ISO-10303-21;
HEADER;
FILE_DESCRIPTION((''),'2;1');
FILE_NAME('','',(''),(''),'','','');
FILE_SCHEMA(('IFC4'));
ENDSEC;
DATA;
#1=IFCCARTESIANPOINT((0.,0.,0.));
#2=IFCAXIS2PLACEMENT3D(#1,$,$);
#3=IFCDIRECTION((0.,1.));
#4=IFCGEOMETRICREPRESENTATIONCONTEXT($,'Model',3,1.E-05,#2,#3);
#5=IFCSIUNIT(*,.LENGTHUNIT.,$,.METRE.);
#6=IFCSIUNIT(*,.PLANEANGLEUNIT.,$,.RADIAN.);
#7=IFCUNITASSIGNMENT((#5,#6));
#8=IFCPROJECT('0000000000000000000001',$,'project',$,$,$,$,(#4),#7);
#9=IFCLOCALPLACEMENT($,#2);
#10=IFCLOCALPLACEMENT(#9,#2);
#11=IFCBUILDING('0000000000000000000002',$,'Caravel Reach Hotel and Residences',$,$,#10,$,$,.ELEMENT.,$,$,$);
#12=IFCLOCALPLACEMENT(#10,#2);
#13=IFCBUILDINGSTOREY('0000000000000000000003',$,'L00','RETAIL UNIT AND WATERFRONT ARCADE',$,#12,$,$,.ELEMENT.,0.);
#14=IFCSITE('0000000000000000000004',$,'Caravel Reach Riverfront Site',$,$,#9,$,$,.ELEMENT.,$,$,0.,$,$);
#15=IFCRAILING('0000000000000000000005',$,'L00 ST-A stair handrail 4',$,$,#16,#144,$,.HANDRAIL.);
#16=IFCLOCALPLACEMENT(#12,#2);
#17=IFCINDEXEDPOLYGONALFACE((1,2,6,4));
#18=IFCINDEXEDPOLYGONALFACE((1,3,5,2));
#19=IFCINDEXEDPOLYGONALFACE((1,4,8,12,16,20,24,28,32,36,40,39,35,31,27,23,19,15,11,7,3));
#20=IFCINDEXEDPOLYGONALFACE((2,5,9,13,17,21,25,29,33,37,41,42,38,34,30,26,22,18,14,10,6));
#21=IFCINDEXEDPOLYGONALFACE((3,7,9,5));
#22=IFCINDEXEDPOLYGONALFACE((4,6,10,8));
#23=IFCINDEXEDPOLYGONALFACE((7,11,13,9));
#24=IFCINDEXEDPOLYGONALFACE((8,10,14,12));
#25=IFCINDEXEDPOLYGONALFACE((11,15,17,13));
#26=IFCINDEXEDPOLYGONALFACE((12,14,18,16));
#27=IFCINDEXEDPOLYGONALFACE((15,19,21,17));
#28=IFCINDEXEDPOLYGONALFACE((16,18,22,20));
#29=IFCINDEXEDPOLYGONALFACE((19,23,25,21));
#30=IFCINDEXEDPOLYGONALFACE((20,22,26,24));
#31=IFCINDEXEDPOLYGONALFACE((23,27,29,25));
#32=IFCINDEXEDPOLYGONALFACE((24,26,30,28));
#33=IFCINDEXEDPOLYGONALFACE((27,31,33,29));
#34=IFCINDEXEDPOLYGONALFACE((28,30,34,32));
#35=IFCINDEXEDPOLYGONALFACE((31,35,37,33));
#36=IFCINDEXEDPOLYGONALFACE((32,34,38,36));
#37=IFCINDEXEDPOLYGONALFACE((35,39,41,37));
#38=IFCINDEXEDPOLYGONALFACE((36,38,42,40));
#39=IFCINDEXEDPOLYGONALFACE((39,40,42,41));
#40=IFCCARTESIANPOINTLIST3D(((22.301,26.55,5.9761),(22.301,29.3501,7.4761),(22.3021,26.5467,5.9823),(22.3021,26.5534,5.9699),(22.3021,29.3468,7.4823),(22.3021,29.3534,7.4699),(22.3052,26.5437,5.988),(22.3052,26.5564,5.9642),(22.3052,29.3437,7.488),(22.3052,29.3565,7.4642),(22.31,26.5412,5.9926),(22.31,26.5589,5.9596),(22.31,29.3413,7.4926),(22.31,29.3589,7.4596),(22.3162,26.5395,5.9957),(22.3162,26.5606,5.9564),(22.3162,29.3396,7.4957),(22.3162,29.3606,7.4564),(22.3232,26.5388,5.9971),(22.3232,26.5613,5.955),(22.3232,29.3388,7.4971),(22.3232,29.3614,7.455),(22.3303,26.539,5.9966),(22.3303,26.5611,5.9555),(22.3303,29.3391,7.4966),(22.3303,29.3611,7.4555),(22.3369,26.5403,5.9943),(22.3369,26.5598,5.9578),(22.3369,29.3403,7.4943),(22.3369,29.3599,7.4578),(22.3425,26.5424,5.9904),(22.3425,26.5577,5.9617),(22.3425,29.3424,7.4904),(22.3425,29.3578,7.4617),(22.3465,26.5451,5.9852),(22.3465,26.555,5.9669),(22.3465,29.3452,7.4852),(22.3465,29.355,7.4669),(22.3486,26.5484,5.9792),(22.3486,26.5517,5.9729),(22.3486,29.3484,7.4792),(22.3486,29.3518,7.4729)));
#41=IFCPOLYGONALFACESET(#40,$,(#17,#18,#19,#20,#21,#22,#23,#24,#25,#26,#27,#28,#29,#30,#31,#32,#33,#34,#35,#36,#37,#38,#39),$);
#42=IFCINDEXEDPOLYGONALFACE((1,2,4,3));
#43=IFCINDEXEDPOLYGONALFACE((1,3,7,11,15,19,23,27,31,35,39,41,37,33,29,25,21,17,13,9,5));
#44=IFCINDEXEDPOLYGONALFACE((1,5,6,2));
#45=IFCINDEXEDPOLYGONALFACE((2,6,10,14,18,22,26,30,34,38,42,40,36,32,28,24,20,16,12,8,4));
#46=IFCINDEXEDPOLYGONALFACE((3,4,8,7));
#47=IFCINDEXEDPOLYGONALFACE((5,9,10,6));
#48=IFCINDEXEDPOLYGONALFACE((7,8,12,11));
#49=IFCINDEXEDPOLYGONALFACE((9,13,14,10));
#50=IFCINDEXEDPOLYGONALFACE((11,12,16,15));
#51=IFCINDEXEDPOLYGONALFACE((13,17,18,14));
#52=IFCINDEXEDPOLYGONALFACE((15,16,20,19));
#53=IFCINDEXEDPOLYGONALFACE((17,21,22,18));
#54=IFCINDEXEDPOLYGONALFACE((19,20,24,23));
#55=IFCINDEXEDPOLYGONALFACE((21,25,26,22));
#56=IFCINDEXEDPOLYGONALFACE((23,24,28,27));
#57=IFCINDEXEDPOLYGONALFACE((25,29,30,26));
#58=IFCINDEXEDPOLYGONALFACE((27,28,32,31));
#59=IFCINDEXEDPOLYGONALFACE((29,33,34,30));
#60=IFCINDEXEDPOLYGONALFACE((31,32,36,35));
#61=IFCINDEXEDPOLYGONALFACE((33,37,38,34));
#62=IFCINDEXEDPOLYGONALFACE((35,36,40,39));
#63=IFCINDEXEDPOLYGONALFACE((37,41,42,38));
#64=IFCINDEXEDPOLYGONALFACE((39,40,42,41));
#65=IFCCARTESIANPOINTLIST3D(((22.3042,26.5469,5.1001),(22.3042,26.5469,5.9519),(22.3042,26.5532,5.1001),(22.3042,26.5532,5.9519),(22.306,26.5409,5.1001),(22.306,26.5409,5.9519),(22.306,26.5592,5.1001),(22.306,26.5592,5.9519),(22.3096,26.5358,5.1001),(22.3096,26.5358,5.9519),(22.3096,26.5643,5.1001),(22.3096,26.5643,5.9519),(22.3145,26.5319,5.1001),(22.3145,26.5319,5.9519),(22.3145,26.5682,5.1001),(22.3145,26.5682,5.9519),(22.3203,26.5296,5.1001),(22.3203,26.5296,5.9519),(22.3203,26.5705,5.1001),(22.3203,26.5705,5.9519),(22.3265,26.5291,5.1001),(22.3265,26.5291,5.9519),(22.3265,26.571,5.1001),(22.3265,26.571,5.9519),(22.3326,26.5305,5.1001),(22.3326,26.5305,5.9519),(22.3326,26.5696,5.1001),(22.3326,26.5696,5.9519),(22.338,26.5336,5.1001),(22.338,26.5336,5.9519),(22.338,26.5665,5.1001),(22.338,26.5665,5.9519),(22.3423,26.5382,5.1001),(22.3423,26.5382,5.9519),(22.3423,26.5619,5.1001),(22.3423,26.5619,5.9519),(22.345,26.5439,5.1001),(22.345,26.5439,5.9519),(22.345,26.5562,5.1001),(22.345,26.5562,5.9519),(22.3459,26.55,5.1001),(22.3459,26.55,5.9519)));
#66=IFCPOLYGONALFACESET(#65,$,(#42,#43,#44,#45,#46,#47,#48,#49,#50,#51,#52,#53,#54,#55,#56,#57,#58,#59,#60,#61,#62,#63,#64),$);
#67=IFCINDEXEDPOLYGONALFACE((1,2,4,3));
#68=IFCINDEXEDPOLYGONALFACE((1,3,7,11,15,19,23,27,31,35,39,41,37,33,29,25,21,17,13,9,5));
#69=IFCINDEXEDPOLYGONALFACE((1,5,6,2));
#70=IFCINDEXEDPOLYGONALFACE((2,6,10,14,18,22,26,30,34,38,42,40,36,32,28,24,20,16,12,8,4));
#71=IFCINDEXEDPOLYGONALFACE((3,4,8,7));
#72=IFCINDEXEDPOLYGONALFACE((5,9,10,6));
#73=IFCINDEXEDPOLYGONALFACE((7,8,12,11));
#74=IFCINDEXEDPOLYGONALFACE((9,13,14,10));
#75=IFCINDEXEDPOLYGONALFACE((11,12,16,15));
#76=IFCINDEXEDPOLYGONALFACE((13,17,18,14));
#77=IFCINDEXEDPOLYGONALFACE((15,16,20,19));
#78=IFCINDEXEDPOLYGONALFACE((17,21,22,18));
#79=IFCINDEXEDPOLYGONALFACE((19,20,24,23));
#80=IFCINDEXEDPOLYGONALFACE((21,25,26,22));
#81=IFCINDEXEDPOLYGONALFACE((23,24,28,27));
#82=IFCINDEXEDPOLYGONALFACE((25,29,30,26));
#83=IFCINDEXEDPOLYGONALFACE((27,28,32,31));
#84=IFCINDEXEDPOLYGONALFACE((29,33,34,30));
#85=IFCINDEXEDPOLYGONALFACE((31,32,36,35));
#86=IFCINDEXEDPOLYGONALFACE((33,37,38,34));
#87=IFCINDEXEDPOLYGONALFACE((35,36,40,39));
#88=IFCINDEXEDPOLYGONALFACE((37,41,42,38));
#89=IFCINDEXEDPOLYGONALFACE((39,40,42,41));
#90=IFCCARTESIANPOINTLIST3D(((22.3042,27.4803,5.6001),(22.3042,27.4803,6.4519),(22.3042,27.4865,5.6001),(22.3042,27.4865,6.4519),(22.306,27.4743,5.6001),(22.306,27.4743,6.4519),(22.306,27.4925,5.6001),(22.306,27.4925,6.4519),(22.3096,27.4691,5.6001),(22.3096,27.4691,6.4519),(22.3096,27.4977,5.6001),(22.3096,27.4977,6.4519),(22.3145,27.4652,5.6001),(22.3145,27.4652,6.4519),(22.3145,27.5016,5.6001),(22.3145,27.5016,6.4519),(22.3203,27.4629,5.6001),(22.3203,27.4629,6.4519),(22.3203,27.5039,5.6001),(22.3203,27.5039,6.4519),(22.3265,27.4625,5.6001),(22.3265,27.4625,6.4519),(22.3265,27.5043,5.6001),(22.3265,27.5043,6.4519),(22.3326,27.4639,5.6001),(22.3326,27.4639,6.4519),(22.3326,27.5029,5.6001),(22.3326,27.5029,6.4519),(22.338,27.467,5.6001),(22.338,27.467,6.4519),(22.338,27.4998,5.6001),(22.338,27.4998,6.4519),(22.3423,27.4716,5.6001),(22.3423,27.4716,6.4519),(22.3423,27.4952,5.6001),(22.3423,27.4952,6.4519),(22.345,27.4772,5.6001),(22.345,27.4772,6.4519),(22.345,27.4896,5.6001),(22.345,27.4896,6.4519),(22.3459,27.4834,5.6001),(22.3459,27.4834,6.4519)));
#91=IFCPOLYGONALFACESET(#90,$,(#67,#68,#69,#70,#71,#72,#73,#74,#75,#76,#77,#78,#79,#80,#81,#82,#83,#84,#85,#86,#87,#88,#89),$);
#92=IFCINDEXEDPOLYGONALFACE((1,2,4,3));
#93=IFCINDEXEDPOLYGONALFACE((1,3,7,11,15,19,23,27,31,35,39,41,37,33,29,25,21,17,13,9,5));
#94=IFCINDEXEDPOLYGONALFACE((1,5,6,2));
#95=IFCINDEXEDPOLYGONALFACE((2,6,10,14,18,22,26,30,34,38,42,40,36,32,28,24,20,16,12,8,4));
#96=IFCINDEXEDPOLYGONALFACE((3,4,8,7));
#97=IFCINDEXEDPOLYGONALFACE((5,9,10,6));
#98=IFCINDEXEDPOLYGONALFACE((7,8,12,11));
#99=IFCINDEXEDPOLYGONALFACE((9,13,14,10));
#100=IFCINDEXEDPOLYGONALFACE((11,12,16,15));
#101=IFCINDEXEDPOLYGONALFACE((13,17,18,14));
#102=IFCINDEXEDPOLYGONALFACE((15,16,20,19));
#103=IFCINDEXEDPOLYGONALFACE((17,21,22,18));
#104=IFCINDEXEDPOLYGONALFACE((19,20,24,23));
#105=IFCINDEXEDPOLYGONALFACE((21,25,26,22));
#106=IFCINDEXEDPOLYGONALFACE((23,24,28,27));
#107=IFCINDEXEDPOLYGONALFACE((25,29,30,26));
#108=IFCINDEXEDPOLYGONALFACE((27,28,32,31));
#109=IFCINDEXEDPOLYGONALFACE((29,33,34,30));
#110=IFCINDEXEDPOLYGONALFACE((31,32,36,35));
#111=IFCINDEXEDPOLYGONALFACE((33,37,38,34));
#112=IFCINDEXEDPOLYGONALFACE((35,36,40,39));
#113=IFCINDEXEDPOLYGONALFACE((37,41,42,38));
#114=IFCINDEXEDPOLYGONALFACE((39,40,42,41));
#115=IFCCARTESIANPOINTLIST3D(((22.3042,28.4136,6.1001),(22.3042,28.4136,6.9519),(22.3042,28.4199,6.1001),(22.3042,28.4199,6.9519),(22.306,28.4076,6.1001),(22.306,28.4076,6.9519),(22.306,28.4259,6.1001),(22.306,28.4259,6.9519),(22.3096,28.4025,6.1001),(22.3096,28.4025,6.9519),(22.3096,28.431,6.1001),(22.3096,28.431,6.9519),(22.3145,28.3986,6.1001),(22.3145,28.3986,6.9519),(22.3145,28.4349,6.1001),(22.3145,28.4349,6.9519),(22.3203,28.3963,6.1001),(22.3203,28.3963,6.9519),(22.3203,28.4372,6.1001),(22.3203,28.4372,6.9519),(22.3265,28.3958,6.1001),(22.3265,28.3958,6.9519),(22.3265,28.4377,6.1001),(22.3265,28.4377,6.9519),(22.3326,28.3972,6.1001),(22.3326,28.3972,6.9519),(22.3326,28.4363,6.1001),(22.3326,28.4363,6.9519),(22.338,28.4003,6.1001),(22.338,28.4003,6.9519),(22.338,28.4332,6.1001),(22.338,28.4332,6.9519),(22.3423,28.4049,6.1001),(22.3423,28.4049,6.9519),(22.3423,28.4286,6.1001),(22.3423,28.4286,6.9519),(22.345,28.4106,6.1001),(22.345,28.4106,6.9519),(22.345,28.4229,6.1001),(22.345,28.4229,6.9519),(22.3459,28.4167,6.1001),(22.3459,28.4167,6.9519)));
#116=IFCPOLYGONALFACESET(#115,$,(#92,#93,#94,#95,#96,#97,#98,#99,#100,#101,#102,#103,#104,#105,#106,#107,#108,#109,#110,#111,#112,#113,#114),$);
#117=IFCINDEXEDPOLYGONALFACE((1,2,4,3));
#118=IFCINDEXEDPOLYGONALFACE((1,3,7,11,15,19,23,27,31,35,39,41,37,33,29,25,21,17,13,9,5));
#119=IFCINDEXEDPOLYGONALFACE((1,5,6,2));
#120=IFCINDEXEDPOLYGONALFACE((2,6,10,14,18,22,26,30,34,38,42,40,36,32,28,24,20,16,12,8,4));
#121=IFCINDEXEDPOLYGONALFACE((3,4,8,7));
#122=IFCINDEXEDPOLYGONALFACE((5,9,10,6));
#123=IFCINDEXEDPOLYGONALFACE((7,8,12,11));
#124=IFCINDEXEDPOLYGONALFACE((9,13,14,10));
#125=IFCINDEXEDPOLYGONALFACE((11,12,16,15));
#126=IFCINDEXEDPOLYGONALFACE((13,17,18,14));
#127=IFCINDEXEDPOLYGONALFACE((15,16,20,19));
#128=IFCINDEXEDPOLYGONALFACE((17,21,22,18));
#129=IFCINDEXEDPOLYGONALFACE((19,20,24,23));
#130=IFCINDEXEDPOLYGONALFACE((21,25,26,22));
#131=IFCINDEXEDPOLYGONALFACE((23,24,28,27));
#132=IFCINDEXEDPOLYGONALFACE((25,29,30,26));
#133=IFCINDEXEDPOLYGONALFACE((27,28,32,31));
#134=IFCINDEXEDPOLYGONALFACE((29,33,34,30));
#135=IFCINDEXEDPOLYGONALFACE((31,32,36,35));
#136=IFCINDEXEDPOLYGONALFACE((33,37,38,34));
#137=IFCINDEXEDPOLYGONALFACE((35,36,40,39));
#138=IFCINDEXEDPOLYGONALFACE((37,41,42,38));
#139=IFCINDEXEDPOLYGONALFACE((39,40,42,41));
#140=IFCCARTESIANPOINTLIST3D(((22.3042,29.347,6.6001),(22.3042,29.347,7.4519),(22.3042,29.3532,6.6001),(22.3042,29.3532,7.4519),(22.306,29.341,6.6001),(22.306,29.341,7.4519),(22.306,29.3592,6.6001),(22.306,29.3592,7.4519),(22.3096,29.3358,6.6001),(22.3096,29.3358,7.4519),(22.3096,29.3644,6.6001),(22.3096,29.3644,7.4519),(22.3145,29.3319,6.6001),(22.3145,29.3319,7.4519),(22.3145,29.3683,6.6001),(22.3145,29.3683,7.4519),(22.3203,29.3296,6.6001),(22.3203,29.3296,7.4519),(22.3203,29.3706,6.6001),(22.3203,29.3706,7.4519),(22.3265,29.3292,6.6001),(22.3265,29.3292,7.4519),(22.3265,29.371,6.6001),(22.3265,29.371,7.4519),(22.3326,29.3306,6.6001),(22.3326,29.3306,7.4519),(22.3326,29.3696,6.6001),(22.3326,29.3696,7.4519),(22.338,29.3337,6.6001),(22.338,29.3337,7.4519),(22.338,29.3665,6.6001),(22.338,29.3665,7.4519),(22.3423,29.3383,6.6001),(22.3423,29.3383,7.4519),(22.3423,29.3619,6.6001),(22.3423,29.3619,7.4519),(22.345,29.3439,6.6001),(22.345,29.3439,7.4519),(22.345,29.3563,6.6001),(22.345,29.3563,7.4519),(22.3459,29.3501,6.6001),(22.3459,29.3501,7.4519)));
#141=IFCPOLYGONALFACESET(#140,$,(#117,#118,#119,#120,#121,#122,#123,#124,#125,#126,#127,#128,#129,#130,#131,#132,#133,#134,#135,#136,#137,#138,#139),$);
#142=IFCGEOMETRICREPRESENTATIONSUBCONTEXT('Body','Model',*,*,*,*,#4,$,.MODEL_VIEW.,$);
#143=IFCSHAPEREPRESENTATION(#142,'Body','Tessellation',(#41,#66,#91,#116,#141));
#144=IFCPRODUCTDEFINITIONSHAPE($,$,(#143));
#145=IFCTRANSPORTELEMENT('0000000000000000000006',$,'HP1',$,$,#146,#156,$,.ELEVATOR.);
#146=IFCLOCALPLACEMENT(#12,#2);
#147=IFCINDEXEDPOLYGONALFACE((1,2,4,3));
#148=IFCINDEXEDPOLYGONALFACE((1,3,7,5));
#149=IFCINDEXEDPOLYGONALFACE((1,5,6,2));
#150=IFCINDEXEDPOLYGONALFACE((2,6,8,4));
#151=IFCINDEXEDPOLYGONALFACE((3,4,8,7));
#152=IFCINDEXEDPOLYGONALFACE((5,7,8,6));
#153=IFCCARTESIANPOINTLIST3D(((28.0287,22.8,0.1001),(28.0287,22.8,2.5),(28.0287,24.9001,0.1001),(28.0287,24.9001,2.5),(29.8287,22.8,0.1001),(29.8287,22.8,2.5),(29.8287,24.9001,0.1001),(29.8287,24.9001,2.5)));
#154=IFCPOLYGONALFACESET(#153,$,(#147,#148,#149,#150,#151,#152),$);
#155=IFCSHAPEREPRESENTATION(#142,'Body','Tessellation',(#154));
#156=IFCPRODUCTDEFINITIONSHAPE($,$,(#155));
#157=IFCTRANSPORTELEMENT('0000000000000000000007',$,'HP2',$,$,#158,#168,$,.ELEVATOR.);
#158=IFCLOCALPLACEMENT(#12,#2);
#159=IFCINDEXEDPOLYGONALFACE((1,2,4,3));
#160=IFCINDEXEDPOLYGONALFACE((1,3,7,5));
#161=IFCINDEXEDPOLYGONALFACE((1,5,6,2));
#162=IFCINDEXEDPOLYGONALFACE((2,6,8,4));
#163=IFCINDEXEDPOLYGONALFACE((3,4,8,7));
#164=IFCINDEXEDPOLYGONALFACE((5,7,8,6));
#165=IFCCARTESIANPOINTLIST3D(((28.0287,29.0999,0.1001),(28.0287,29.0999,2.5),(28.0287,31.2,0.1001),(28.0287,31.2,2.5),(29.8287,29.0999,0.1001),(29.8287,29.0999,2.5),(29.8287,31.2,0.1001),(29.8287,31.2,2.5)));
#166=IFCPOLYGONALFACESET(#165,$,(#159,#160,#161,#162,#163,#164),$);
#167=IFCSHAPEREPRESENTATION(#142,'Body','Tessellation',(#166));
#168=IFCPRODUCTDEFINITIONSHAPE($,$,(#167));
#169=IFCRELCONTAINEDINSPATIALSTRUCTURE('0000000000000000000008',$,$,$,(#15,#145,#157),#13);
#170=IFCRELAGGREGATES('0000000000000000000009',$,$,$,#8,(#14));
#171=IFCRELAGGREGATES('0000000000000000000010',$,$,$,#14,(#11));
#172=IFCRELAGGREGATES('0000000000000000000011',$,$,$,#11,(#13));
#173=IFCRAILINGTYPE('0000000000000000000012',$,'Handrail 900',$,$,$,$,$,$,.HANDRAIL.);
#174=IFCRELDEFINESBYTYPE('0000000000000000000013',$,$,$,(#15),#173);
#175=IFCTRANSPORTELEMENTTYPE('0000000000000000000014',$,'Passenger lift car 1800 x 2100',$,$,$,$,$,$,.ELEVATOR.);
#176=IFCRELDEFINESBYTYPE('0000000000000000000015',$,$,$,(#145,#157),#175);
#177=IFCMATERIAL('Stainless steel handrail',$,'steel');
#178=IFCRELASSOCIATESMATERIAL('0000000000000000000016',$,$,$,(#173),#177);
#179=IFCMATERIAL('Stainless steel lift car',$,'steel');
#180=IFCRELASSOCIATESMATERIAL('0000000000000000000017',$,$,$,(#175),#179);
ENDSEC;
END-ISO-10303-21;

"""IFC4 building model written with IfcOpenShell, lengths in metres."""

from ifc_helpers import new_model, si_unit, direction, frame, origin, origin_2d, place, context, subcontext, project, spatial, rectangle, circle, extrude, material, type_object, element, save


model = new_model("IFC4")

# Units and contexts
model_context = context("Model", 3, precision=1e-05, world=origin(), true_north=direction((0.0, 1.0)))
body_context = subcontext(model_context, "Body", "Model", "MODEL_VIEW")
ifc_project = project(units=[si_unit("LENGTHUNIT", "METRE"), si_unit("PLANEANGLEUNIT", "RADIAN")], contexts=[model_context])

# Site, building, storey
site_placement = place(None, origin())
site = spatial("IfcSite", under=ifc_project, at=site_placement, Name="Caravel Reach Riverfront Site", CompositionType="ELEMENT", RefElevation=0.0)
building_placement = place(site_placement, origin())
building = spatial("IfcBuilding", under=site, at=building_placement, Name="Caravel Reach Hotel and Residences", CompositionType="ELEMENT")
storey_placement = place(building_placement, origin())
storey = spatial("IfcBuildingStorey", under=building, at=storey_placement, Name="L00", Description="RETAIL UNIT AND WATERFRONT ARCADE", CompositionType="ELEMENT", Elevation=0.0)

# Railing
ifc_material_1 = material(Name="Stainless steel handrail", Category="steel")
railing_type_1 = type_object("IfcRailingType", Name="Handrail 900", PredefinedType="HANDRAIL", material=ifc_material_1)
for number, where, name in (
    (1, (22.325, 26.55, 5.1001), "L00 ST-A stair handrail 4"),
):
    element("IfcRailing", number, at=place(storey_placement, frame(where)), inside=storey, type_object=railing_type_1, Name=name, PredefinedType="HANDRAIL", context=body_context, shape_type="SweptSolid", body=[
        extrude(circle(Radius=0.0239, at=origin_2d()), frame((0.0, 0.0, 0.876), z_axis=(0.0, 0.881483, 0.472215), x_axis=(-1.0, 0.0, 0.0)), (0.0, 0.0, 1.0), 3.1765),
        extrude(circle(Radius=0.021, at=origin_2d()), origin(), (0.0, 0.0, 1.0), 0.8518),
        extrude(circle(Radius=0.021, at=origin_2d()), frame((0.0, 0.9333, 0.5)), (0.0, 0.0, 1.0), 0.8518),
        extrude(circle(Radius=0.021, at=origin_2d()), frame((0.0, 1.8667, 1.0)), (0.0, 0.0, 1.0), 0.8518),
        extrude(circle(Radius=0.021, at=origin_2d()), frame((0.0, 2.8, 1.5)), (0.0, 0.0, 1.0), 0.8518),
    ])

# Transport elements
ifc_material_2 = material(Name="Stainless steel lift car", Category="steel")
transport_element_type = type_object("IfcTransportElementType", Name="Passenger lift car 1800 x 2100", PredefinedType="ELEVATOR", material=ifc_material_2)
for number, where, z_axis, x_axis, name in (
    (2, (28.9287, 23.8501, 0.1001), (0.0, 0.0, 1.0), (1.0, 0.0, 0.0), "HP1"),
    (3, (28.9287, 30.1499, 0.1001), (0.0, 0.0, 1.0), (1.0, 0.0, 0.0), "HP2"),
):
    element("IfcTransportElement", number, at=place(storey_placement, frame(where, z_axis=z_axis, x_axis=x_axis)), inside=storey, type_object=transport_element_type, Name=name, PredefinedType="ELEVATOR", context=body_context, shape_type="SweptSolid", body=[
        extrude(rectangle(XDim=1.8, YDim=2.1001, at=origin_2d()), origin(), (0.0, 0.0, 1.0), 2.3999),
    ])

save(model, "model.ifc")
